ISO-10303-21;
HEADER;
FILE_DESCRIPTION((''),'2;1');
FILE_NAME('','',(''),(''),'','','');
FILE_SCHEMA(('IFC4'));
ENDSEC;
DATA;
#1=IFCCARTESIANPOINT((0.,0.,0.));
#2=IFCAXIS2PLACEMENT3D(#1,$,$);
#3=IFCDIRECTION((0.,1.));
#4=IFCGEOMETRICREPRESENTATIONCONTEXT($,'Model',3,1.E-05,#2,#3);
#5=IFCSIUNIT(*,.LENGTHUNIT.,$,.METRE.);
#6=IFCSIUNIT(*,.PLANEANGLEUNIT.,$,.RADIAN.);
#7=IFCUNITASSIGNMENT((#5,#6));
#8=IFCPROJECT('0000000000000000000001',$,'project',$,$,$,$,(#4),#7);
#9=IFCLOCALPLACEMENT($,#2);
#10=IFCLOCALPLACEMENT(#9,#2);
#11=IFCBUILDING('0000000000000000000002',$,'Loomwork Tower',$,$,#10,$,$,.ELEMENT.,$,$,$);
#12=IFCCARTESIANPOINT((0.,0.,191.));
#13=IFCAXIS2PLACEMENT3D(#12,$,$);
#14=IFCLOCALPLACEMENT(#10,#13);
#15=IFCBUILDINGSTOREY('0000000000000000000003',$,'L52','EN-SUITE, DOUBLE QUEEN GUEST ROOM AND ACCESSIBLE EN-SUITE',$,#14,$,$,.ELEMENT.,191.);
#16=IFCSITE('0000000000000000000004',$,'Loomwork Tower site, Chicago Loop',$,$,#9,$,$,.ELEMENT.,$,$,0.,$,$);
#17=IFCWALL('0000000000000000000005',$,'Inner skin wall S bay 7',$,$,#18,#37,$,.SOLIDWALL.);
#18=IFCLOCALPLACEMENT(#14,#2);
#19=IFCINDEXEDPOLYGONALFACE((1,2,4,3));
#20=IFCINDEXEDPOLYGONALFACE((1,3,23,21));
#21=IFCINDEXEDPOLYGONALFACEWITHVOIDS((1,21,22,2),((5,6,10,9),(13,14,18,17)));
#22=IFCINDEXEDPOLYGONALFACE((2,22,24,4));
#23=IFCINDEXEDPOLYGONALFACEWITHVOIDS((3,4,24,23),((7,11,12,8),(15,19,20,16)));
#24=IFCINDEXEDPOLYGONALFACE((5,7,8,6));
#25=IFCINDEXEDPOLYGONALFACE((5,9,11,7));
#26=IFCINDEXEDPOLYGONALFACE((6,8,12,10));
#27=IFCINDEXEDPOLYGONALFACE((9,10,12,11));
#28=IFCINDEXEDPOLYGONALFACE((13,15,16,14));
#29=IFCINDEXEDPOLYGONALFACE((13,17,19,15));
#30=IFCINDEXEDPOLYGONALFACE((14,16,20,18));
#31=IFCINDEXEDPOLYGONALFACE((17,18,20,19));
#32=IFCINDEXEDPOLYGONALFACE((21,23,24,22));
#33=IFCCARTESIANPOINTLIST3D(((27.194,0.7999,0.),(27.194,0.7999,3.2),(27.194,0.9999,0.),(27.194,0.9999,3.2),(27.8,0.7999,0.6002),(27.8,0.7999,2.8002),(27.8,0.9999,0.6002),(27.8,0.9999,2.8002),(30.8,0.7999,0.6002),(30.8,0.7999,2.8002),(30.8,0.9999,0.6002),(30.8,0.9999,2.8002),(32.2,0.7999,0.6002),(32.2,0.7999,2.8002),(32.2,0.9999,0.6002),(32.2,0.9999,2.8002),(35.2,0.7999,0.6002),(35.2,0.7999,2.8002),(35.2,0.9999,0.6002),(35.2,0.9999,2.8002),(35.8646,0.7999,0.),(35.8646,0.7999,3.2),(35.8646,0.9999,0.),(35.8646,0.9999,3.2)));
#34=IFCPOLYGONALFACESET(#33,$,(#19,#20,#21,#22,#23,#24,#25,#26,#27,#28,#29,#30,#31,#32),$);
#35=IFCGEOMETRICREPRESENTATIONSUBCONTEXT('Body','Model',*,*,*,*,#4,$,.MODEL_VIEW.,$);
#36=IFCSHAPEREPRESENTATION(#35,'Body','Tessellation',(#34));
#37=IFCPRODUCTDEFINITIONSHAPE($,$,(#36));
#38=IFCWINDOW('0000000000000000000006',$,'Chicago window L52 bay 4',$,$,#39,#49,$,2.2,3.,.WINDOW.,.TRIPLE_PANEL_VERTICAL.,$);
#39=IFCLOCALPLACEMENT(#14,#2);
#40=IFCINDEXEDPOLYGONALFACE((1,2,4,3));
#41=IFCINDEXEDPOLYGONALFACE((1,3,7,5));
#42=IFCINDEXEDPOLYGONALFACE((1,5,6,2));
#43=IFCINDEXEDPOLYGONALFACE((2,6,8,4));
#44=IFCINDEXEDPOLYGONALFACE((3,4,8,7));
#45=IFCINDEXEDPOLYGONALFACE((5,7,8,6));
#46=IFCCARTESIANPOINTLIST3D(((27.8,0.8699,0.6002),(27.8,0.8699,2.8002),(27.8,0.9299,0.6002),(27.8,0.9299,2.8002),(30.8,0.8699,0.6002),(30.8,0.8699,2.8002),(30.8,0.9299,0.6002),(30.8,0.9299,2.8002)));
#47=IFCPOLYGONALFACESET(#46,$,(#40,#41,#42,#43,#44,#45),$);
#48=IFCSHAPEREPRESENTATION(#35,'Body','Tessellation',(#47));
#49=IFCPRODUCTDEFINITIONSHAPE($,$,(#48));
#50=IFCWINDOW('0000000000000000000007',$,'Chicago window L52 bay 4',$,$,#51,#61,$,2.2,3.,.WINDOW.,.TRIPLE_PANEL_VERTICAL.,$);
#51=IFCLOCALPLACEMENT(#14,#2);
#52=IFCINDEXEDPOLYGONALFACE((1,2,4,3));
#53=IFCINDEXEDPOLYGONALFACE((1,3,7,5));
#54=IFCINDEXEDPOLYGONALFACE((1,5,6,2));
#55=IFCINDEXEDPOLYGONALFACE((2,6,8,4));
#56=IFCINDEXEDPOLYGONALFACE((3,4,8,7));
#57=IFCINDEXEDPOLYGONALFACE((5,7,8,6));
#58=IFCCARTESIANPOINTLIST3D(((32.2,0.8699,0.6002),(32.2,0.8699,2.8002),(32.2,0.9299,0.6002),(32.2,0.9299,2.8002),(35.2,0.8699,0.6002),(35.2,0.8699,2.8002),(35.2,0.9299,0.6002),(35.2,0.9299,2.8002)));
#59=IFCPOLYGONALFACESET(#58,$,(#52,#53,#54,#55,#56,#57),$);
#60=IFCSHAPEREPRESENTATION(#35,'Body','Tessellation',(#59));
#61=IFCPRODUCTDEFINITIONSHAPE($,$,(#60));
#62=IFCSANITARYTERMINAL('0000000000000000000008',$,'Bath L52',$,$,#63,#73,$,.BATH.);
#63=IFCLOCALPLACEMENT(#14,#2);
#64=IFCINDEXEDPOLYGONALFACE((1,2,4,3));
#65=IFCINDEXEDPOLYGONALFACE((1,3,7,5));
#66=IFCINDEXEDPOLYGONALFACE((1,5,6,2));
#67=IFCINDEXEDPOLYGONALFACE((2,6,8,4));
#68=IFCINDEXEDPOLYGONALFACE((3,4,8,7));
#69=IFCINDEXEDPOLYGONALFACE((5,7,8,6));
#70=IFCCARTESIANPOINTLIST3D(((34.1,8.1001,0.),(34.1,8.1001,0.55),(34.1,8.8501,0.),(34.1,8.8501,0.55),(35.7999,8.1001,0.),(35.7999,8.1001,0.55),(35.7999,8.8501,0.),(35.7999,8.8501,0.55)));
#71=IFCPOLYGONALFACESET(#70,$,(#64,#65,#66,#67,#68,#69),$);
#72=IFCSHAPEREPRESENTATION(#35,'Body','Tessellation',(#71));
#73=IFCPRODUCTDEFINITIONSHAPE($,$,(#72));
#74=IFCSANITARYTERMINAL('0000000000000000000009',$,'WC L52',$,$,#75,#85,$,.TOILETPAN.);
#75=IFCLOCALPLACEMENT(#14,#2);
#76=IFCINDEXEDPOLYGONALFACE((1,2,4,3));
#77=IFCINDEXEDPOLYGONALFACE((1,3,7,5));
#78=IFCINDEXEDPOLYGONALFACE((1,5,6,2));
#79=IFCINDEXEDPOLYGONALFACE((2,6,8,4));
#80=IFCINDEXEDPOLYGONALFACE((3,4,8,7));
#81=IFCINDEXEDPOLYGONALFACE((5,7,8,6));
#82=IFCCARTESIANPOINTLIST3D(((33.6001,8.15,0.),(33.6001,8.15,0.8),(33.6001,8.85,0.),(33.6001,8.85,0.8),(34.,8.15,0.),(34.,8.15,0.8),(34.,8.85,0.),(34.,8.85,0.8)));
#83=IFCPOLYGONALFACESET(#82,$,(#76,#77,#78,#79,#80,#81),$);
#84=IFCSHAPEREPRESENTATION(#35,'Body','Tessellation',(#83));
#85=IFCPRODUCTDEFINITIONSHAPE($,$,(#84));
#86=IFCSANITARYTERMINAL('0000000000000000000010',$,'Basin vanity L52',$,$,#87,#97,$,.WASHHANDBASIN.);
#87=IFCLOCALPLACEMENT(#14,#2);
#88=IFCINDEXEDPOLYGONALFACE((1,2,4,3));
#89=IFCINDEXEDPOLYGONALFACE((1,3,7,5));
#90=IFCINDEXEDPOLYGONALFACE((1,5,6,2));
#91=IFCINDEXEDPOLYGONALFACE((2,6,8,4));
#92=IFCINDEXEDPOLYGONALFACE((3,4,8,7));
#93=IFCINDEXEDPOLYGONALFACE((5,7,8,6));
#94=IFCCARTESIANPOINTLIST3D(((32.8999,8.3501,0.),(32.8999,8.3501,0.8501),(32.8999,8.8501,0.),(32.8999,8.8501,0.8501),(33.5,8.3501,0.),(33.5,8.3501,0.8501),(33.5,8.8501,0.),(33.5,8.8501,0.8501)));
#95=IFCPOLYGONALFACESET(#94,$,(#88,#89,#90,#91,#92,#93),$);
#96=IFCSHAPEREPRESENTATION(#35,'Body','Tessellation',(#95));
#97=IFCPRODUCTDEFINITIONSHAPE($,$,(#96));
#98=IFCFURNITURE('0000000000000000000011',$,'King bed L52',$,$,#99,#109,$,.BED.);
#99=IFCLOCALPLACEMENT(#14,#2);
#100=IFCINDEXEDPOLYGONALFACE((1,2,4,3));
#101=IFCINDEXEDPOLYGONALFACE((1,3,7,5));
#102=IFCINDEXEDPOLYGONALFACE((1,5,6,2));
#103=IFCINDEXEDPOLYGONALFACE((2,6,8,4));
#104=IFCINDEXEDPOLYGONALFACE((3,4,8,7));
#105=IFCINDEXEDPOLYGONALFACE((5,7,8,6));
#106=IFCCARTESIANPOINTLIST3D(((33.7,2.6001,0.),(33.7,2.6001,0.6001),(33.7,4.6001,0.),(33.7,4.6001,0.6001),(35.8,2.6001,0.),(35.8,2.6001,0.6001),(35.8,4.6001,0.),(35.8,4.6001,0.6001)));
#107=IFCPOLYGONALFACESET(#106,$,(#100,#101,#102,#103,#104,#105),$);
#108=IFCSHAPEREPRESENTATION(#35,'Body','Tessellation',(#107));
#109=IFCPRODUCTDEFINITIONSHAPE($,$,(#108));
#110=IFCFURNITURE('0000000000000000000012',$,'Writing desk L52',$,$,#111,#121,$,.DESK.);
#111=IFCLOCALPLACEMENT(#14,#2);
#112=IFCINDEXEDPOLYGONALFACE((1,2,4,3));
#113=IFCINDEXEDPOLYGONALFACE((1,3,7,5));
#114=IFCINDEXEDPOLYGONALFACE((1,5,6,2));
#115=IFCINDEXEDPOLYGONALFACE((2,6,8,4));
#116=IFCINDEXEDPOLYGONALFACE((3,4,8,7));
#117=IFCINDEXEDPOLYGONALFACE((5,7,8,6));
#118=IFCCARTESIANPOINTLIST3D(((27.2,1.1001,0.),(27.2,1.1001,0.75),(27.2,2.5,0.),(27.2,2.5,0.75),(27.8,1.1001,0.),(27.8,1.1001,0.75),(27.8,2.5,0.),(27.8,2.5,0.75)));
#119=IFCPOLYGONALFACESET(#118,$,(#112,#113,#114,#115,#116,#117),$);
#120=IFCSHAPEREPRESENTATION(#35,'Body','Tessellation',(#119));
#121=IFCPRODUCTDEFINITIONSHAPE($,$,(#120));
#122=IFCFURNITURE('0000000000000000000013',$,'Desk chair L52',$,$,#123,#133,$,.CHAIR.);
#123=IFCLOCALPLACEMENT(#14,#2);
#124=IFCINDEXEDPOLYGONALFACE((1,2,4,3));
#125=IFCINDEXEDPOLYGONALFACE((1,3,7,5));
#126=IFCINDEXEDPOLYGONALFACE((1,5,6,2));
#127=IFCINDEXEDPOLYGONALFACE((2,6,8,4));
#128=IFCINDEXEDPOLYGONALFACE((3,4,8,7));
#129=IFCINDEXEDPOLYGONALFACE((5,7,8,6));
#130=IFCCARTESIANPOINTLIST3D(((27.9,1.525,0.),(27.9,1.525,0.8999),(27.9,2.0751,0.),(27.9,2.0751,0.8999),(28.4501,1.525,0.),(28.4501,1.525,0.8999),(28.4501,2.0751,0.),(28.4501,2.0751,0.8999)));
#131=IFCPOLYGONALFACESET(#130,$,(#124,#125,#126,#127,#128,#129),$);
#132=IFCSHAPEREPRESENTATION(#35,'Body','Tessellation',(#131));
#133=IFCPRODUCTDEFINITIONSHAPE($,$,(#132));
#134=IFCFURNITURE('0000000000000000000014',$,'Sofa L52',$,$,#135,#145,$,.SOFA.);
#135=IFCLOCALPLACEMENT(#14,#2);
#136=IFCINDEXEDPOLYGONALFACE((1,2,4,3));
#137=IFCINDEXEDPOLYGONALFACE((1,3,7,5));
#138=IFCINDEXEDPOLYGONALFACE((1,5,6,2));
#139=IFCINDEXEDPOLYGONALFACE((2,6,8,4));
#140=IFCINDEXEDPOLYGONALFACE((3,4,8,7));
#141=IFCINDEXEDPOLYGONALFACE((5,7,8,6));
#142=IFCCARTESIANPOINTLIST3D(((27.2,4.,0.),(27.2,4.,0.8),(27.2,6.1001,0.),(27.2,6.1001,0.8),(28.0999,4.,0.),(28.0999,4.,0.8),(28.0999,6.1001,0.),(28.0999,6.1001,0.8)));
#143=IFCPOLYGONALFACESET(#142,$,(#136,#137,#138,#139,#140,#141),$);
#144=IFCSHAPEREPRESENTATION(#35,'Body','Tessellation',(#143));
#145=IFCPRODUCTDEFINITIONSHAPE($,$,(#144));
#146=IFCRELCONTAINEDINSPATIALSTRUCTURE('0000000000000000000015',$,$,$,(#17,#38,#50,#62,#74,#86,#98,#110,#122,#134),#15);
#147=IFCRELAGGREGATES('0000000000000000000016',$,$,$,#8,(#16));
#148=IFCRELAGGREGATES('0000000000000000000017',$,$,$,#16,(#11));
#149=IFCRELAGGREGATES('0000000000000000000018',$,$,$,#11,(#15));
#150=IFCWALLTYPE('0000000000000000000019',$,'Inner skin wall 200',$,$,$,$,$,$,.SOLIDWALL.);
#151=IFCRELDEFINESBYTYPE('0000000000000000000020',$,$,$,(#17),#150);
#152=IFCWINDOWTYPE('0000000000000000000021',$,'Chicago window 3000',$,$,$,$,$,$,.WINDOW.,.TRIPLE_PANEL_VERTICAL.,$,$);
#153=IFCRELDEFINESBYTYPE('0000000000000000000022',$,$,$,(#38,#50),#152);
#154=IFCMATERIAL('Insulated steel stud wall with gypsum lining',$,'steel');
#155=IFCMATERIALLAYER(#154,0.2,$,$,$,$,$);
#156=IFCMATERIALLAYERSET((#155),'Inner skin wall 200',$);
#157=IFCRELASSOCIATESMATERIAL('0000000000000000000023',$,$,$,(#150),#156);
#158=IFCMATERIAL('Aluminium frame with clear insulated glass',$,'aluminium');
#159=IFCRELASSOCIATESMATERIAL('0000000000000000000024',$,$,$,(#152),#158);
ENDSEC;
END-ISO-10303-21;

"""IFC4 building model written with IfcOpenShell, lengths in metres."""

from ifc_helpers import new_model, si_unit, direction, frame, frame_2d, origin, origin_2d, place, context, subcontext, project, spatial, rectangle, extrude, material, layer, layer_set, type_object, element, fill, save


model = new_model("IFC4")

# Units and contexts
model_context = context("Model", 3, precision=1e-05, world=origin(), true_north=direction((0.0, 1.0)))
body_context = subcontext(model_context, "Body", "Model", "MODEL_VIEW")
ifc_project = project(units=[si_unit("LENGTHUNIT", "METRE"), si_unit("PLANEANGLEUNIT", "RADIAN")], contexts=[model_context])

# Site, building, storey
site_placement = place(None, origin())
site = spatial("IfcSite", under=ifc_project, at=site_placement, Name="Loomwork Tower site, Chicago Loop", CompositionType="ELEMENT", RefElevation=0.0)
building_placement = place(site_placement, origin())
building = spatial("IfcBuilding", under=site, at=building_placement, Name="Loomwork Tower", CompositionType="ELEMENT")
storey_placement = place(building_placement, frame((0.0, 0.0, 191.0)))
storey = spatial("IfcBuildingStorey", under=building, at=storey_placement, Name="L52", Description="EN-SUITE, DOUBLE QUEEN GUEST ROOM AND ACCESSIBLE EN-SUITE", CompositionType="ELEMENT", Elevation=191.0)

# Wall, openings, windows
ifc_material_1 = material(Name="Insulated steel stud wall with gypsum lining", Category="steel")
ifc_layer_1 = layer(ifc_material_1, 0.2)
ifc_layer_set_1 = layer_set([ifc_layer_1], Name="Inner skin wall 200")
wall_type_1 = type_object("IfcWallType", Name="Inner skin wall 200", PredefinedType="SOLIDWALL", material=ifc_layer_set_1)
wall_1_placement = place(storey_placement, frame((27.1938, 0.8999, 0.0), z_axis=(0.0, 0.0, 1.0), x_axis=(1.0, 0.0, 0.0)))
wall_1 = element("IfcWall", 1, at=wall_1_placement, inside=storey, type_object=wall_type_1, Name="Inner skin wall S bay 7", PredefinedType="SOLIDWALL", context=body_context, shape_type="SweptSolid", body=[
    extrude(rectangle(XDim=8.6707, YDim=0.2, at=frame_2d((4.3354, 0.0))), origin(), (0.0, 0.0, 1.0), 3.2),
])
opening_1_placement = place(wall_1_placement, frame((0.6062, 0.0, 0.6001)))
opening_1 = element("IfcOpeningElement", 2, at=opening_1_placement, cuts=wall_1, PredefinedType="OPENING", context=body_context, shape_type="SweptSolid", body=[
    extrude(rectangle(XDim=3.0, YDim=2.2, at=frame_2d((1.5, 1.1001))), frame((0.0, 0.1099, 0.0), z_axis=(0.0, -1.0, 0.0), x_axis=(1.0, 0.0, 0.0)), (0.0, 0.0, 1.0), 0.22),
])
opening_2_placement = place(wall_1_placement, frame((5.0061, 0.0, 0.6001)))
opening_2 = element("IfcOpeningElement", 3, at=opening_2_placement, cuts=wall_1, PredefinedType="OPENING", context=body_context, shape_type="SweptSolid", body=[
    extrude(rectangle(XDim=3.0, YDim=2.2, at=frame_2d((1.5, 1.1001))), frame((0.0, 0.1099, 0.0), z_axis=(0.0, -1.0, 0.0), x_axis=(1.0, 0.0, 0.0)), (0.0, 0.0, 1.0), 0.22),
])
ifc_material_2 = material(Name="Aluminium frame with clear insulated glass", Category="aluminium")
window_type = type_object("IfcWindowType", Name="Chicago window 3000", PartitioningType="TRIPLE_PANEL_VERTICAL", PredefinedType="WINDOW", material=ifc_material_2)
window_1_placement = place(opening_1_placement, origin())
window_1 = element("IfcWindow", 4, at=window_1_placement, inside=storey, type_object=window_type, Name="Chicago window L52 bay 4", OverallHeight=2.2, OverallWidth=3.0, PartitioningType="TRIPLE_PANEL_VERTICAL", PredefinedType="WINDOW", context=body_context, shape_type="SweptSolid", body=[
    extrude(rectangle(XDim=3.0, YDim=2.2, at=frame_2d((1.5, 1.1001))), frame((0.0, 0.03, 0.0), z_axis=(0.0, -1.0, 0.0), x_axis=(1.0, 0.0, 0.0)), (0.0, 0.0, 1.0), 0.0601),
])
fill(opening_1, window_1)
window_2_placement = place(opening_2_placement, origin())
window_2 = element("IfcWindow", 5, at=window_2_placement, inside=storey, type_object=window_type, Name="Chicago window L52 bay 4", OverallHeight=2.2, OverallWidth=3.0, PartitioningType="TRIPLE_PANEL_VERTICAL", PredefinedType="WINDOW", context=body_context, shape_type="SweptSolid", body=[
    extrude(rectangle(XDim=3.0, YDim=2.2, at=frame_2d((1.5, 1.1001))), frame((0.0, 0.03, 0.0), z_axis=(0.0, -1.0, 0.0), x_axis=(1.0, 0.0, 0.0)), (0.0, 0.0, 1.0), 0.0601),
])
fill(opening_2, window_2)

# Sanitary terminals
sanitary_terminal_1_placement = place(storey_placement, frame((34.95, 8.4751, 0.0), z_axis=(0.0, 0.0, 1.0), x_axis=(1.0, 0.0, 0.0)))
element("IfcSanitaryTerminal", 6, at=sanitary_terminal_1_placement, inside=storey, Name="Bath L52", PredefinedType="BATH", context=body_context, shape_type="SweptSolid", body=[
    extrude(rectangle(XDim=1.7, YDim=0.75, at=origin_2d()), origin(), (0.0, 0.0, 1.0), 0.55),
])
sanitary_terminal_2_placement = place(storey_placement, frame((33.8, 8.5, 0.0), z_axis=(0.0, 0.0, 1.0), x_axis=(1.0, 0.0, 0.0)))
element("IfcSanitaryTerminal", 7, at=sanitary_terminal_2_placement, inside=storey, Name="WC L52", PredefinedType="TOILETPAN", context=body_context, shape_type="SweptSolid", body=[
    extrude(rectangle(XDim=0.3999, YDim=0.7, at=origin_2d()), origin(), (0.0, 0.0, 1.0), 0.8),
])
sanitary_terminal_3_placement = place(storey_placement, frame((33.2, 8.6001, 0.0), z_axis=(0.0, 0.0, 1.0), x_axis=(1.0, 0.0, 0.0)))
element("IfcSanitaryTerminal", 8, at=sanitary_terminal_3_placement, inside=storey, Name="Basin vanity L52", PredefinedType="WASHHANDBASIN", context=body_context, shape_type="SweptSolid", body=[
    extrude(rectangle(XDim=0.6001, YDim=0.5, at=origin_2d()), origin(), (0.0, 0.0, 1.0), 0.8501),
])

# Furniture
furniture_1_placement = place(storey_placement, frame((34.75, 3.6001, 0.0), z_axis=(0.0, 0.0, 1.0), x_axis=(1.0, 0.0, 0.0)))
element("IfcFurniture", 9, at=furniture_1_placement, inside=storey, Name="King bed L52", PredefinedType="BED", context=body_context, shape_type="SweptSolid", body=[
    extrude(rectangle(XDim=2.1001, YDim=2.0, at=origin_2d()), origin(), (0.0, 0.0, 1.0), 0.6001),
])
furniture_2_placement = place(storey_placement, frame((27.5, 1.8, 0.0), z_axis=(0.0, 0.0, 1.0), x_axis=(1.0, 0.0, 0.0)))
element("IfcFurniture", 10, at=furniture_2_placement, inside=storey, Name="Writing desk L52", PredefinedType="DESK", context=body_context, shape_type="SweptSolid", body=[
    extrude(rectangle(XDim=0.6001, YDim=1.3999, at=origin_2d()), origin(), (0.0, 0.0, 1.0), 0.75),
])
furniture_3_placement = place(storey_placement, frame((28.175, 1.8, 0.0), z_axis=(0.0, 0.0, 1.0), x_axis=(1.0, 0.0, 0.0)))
element("IfcFurniture", 11, at=furniture_3_placement, inside=storey, Name="Desk chair L52", PredefinedType="CHAIR", context=body_context, shape_type="SweptSolid", body=[
    extrude(rectangle(XDim=0.55, YDim=0.55, at=origin_2d()), origin(), (0.0, 0.0, 1.0), 0.8999),
])
furniture_4_placement = place(storey_placement, frame((27.6499, 5.05, 0.0), z_axis=(0.0, 0.0, 1.0), x_axis=(1.0, 0.0, 0.0)))
element("IfcFurniture", 12, at=furniture_4_placement, inside=storey, Name="Sofa L52", PredefinedType="SOFA", context=body_context, shape_type="SweptSolid", body=[
    extrude(rectangle(XDim=0.8999, YDim=2.1001, at=origin_2d()), origin(), (0.0, 0.0, 1.0), 0.8),
])

save(model, "model.ifc")
